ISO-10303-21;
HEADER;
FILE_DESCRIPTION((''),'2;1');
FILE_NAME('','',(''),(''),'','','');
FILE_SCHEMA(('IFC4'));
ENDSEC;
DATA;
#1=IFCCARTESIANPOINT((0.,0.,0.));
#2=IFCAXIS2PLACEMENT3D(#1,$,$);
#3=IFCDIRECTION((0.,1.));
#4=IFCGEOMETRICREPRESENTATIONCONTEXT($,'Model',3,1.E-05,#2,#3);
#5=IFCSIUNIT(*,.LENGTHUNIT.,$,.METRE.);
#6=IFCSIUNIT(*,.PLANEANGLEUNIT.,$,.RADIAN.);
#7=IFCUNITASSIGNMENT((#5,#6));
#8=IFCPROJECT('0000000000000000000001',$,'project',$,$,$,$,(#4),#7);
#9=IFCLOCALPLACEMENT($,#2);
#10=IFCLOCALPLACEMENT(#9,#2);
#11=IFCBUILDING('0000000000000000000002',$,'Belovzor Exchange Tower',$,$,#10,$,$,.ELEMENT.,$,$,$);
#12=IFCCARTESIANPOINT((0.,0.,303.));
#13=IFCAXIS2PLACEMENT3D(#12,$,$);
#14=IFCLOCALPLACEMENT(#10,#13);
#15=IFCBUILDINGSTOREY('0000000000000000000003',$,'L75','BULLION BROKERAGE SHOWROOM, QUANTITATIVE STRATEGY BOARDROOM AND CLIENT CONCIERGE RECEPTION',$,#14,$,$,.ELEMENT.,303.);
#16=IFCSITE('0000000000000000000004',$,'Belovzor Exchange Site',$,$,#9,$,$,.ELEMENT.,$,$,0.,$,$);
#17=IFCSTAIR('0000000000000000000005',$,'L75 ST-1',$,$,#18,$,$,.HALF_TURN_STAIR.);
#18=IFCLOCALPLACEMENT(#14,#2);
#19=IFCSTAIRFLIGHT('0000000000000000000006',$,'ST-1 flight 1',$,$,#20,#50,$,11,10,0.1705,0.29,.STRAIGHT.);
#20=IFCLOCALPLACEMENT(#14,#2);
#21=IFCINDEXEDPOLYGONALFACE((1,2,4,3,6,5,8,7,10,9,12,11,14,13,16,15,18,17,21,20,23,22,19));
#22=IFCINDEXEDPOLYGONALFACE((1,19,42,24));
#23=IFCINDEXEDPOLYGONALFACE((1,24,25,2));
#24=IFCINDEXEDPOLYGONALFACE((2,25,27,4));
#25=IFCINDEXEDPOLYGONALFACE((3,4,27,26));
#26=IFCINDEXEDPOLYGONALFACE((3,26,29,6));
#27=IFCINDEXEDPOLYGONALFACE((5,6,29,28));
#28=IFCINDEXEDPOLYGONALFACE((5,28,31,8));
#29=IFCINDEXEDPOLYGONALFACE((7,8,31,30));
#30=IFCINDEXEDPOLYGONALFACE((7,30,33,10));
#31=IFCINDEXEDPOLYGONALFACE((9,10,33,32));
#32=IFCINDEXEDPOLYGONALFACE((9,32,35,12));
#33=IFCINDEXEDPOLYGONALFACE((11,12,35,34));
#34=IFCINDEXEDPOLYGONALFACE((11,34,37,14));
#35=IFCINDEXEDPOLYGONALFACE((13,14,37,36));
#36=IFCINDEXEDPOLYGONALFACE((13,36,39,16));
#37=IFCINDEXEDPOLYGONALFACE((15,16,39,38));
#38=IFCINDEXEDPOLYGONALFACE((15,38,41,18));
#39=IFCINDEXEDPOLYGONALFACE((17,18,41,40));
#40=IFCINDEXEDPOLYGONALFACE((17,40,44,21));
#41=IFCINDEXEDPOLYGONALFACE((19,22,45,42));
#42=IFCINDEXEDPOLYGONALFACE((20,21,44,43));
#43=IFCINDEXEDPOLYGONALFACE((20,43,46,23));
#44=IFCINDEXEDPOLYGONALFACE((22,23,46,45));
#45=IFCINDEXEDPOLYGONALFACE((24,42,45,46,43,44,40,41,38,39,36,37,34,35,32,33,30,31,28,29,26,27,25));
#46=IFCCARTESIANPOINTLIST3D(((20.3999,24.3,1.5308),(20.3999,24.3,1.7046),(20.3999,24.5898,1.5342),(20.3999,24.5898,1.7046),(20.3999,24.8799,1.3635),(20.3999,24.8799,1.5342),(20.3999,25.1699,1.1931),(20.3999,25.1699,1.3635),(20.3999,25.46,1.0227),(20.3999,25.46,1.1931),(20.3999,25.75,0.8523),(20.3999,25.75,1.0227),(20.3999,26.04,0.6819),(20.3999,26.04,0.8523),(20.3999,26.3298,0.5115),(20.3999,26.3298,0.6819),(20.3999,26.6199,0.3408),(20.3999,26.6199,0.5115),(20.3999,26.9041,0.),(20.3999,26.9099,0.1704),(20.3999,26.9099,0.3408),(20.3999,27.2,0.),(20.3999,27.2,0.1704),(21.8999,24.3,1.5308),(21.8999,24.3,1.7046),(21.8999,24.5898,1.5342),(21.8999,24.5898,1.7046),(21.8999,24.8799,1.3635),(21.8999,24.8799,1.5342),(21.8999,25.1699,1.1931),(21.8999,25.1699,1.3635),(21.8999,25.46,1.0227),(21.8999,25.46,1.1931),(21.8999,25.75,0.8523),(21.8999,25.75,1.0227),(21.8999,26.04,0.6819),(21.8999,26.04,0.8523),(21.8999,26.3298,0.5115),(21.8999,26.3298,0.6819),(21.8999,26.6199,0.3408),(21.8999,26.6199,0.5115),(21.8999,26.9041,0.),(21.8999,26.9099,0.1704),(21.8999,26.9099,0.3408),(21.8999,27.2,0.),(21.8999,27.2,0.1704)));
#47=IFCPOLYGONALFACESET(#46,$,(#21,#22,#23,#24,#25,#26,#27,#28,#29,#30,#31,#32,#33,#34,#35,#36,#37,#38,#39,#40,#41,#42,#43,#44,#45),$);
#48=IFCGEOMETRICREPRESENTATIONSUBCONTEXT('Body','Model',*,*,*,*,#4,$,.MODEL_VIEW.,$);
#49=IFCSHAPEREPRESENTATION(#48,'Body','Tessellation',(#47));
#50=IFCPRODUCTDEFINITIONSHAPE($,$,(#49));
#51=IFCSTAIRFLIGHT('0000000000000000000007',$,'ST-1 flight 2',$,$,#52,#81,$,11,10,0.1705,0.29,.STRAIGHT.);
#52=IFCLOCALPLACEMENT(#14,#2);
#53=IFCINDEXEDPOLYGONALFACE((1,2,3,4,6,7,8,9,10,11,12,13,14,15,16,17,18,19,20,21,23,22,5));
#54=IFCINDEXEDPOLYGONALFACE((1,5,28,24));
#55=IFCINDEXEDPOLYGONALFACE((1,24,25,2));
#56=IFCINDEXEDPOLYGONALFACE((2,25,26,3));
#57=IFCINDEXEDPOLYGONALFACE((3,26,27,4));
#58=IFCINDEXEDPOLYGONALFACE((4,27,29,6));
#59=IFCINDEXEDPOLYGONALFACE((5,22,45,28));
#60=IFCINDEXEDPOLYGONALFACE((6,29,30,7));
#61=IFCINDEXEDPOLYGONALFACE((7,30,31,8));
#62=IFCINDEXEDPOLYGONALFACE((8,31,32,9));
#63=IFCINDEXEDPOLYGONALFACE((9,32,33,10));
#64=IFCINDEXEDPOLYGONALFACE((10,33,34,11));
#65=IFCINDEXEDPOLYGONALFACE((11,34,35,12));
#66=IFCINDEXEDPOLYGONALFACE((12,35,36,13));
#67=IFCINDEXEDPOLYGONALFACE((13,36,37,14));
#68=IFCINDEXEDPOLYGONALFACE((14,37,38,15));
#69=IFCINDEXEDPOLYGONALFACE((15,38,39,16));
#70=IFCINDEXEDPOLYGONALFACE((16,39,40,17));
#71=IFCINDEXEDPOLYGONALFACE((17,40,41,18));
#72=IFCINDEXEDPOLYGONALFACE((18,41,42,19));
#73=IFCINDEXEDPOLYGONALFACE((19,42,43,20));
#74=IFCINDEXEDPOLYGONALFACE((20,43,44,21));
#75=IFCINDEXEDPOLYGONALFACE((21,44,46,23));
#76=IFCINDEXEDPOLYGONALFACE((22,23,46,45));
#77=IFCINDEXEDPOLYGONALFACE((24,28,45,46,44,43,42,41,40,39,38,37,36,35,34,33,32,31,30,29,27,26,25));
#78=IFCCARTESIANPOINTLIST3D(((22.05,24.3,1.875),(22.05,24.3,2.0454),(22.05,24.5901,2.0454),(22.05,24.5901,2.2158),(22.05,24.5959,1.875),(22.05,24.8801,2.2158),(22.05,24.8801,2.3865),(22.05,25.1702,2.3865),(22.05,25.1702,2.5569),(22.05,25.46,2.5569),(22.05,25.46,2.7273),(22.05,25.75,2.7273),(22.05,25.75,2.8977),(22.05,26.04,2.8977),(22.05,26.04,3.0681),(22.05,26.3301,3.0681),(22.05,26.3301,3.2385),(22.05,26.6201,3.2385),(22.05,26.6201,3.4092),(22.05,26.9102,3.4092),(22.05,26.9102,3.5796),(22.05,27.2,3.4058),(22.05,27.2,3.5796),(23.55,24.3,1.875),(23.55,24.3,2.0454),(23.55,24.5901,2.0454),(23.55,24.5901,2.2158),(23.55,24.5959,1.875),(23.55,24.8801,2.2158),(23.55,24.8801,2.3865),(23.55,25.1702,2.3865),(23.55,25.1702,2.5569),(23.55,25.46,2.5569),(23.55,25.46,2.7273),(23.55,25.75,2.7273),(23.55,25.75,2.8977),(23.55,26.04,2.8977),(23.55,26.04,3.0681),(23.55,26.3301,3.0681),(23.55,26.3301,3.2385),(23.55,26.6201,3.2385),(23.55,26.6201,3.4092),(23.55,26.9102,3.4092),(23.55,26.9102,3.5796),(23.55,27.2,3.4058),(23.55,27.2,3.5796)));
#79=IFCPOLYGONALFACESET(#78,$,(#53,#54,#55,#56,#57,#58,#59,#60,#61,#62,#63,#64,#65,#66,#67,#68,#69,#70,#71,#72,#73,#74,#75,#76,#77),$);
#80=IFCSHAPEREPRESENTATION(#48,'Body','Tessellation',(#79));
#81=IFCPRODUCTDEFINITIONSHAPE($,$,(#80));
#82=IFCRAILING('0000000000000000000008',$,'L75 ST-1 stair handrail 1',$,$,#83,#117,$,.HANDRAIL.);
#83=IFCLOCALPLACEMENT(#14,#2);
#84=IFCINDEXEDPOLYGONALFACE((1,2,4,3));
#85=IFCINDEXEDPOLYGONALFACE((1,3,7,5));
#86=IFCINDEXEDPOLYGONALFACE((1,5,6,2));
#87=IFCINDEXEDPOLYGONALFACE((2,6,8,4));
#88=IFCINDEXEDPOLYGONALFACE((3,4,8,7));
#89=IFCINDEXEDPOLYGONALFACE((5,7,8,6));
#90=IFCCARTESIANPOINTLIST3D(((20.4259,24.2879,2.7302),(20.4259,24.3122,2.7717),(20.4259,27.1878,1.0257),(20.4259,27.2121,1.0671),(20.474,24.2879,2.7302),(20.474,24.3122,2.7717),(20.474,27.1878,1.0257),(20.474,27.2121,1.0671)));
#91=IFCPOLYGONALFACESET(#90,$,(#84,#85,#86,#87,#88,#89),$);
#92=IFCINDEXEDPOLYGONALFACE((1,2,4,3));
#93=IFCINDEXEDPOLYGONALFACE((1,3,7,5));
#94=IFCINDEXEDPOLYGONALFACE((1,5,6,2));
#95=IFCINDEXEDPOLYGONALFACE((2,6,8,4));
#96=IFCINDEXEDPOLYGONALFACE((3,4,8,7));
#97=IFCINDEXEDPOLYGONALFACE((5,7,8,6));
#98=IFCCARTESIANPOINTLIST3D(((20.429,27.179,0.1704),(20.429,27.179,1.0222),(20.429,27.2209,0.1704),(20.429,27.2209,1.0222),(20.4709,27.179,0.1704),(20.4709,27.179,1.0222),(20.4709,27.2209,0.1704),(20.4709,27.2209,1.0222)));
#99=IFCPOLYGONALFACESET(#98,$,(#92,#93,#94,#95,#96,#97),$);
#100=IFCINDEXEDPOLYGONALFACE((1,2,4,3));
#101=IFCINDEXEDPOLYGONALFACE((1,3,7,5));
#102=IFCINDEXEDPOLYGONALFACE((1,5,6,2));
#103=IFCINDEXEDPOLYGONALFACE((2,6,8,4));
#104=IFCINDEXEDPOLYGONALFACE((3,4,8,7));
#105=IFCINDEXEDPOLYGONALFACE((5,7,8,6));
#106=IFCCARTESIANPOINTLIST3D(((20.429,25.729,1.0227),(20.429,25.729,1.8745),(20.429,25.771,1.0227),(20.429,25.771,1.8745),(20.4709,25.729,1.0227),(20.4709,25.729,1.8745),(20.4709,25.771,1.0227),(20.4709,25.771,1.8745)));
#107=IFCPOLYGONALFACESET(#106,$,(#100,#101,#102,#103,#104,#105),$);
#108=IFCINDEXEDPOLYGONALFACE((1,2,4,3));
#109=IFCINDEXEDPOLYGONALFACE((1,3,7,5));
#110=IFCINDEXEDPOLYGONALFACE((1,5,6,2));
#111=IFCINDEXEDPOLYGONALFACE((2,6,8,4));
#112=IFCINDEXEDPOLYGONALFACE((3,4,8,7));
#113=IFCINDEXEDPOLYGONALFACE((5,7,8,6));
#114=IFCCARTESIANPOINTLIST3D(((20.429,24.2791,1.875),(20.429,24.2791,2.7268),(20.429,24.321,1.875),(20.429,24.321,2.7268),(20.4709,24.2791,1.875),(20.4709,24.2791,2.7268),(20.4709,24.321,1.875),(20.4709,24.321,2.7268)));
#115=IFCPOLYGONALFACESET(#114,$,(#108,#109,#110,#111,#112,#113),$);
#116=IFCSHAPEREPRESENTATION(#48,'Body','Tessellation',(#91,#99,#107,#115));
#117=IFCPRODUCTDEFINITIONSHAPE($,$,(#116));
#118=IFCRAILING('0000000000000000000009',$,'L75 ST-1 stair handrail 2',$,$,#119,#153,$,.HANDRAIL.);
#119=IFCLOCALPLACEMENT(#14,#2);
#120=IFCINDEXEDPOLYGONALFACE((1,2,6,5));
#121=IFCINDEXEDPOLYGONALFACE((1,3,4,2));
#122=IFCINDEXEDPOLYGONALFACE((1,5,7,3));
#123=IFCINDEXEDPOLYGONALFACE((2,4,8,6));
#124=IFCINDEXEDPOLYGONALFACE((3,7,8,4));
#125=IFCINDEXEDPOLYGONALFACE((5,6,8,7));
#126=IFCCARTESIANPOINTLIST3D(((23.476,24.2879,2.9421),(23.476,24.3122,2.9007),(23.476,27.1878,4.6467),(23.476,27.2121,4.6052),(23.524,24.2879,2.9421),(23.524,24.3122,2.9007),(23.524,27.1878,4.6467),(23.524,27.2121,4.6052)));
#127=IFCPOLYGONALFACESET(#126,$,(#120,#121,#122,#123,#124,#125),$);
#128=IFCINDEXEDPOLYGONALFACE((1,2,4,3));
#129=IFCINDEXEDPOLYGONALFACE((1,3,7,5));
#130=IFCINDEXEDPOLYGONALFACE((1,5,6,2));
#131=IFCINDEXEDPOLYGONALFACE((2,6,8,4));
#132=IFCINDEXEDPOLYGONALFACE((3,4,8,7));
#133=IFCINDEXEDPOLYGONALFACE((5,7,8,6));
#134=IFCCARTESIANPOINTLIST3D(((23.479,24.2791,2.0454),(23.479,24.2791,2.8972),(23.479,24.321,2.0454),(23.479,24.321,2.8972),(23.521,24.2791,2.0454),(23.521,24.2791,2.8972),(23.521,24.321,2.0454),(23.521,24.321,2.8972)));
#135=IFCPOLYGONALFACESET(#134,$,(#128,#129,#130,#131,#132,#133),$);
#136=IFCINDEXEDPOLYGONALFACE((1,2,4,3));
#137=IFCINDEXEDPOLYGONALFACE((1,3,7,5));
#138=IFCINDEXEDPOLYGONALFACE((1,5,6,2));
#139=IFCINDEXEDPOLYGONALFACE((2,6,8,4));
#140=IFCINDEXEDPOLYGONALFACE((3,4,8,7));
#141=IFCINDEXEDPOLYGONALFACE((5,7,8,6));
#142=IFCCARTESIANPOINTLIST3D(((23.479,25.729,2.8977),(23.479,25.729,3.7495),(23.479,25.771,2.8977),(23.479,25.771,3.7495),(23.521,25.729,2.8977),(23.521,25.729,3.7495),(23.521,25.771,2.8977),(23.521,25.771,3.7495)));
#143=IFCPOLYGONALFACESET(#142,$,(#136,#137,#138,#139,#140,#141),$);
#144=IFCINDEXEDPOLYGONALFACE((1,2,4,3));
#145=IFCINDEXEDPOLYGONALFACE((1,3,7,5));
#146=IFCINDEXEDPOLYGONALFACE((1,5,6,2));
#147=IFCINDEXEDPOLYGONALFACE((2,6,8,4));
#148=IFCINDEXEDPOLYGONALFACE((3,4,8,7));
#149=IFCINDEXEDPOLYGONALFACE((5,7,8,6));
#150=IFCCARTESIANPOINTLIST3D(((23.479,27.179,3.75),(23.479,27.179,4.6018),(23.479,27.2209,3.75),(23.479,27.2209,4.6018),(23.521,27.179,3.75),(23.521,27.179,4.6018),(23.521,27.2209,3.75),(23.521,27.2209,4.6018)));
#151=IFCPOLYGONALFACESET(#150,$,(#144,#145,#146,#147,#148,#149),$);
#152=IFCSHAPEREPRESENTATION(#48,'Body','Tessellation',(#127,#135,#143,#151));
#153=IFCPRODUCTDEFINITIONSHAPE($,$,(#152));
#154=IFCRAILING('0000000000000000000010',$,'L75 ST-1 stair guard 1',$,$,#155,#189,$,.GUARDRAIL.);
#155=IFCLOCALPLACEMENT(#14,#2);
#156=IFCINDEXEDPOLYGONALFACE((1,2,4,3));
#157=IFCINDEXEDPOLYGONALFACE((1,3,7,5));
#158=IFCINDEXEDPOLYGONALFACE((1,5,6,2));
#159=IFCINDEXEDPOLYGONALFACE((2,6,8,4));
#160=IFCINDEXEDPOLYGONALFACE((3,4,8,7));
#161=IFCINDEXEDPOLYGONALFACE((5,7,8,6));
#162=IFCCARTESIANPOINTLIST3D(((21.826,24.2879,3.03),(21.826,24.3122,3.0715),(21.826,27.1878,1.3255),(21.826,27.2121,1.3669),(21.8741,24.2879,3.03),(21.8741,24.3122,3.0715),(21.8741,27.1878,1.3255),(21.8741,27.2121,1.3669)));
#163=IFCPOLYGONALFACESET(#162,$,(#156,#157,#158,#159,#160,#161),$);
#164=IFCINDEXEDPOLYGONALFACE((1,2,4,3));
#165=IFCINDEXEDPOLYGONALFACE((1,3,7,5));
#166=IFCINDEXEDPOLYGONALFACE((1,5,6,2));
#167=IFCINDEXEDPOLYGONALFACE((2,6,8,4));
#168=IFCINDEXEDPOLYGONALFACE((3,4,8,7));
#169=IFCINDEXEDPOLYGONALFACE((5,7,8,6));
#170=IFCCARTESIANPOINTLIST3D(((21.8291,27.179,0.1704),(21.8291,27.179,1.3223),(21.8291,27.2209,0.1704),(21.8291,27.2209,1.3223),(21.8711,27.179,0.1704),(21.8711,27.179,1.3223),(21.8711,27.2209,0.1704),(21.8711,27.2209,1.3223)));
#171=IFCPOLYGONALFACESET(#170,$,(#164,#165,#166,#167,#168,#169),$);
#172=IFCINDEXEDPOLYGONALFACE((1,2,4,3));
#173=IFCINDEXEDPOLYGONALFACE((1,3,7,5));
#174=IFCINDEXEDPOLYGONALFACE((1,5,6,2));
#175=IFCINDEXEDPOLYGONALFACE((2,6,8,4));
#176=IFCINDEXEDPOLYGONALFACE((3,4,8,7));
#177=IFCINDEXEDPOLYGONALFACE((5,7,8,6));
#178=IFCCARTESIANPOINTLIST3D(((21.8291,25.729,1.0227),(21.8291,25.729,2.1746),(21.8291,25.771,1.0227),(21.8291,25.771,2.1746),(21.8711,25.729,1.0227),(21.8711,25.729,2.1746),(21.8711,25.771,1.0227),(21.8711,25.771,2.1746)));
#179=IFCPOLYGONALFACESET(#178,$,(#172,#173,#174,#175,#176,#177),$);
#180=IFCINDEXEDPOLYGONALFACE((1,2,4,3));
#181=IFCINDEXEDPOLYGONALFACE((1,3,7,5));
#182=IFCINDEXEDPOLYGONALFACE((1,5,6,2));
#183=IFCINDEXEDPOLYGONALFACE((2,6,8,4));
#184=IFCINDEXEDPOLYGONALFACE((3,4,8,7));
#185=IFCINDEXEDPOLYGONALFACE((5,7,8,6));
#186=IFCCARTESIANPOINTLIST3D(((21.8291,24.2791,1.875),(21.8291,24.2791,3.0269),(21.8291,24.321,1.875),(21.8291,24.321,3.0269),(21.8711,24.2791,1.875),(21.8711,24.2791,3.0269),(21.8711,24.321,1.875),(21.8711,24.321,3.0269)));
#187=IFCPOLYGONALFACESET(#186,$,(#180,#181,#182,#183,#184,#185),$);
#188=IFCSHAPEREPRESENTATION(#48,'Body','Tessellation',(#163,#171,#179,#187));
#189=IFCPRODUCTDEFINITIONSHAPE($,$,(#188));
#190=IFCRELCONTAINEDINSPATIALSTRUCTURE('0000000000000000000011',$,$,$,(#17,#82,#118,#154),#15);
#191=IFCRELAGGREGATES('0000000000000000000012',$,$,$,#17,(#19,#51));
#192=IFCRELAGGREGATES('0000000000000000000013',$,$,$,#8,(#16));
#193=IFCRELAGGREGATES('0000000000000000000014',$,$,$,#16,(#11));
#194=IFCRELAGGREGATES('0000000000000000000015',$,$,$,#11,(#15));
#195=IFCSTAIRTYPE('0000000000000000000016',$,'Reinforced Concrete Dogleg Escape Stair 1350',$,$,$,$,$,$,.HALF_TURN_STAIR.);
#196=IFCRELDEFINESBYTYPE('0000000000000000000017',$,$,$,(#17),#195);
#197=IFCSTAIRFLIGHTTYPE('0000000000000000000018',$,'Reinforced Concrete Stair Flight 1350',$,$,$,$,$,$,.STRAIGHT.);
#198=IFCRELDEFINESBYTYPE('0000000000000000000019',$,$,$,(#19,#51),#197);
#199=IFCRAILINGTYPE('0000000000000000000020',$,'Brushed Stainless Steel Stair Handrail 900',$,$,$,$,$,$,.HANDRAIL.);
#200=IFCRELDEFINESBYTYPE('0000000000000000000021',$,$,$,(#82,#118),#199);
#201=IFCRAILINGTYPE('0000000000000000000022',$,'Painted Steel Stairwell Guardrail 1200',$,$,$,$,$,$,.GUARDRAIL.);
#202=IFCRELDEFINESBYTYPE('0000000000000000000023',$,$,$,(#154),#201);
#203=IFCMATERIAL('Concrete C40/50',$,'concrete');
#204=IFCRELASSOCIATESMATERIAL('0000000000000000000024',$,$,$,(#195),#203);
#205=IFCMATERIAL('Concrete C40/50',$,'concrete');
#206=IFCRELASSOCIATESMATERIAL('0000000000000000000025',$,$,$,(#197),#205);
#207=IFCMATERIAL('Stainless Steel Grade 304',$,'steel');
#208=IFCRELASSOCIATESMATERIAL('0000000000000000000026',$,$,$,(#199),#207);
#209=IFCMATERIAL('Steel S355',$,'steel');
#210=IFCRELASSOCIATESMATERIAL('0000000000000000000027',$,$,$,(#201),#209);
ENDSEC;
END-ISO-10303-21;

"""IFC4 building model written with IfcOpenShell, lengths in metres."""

from ifc_helpers import new_model, si_unit, direction, frame, origin, origin_2d, place, context, subcontext, project, spatial, polyline, rectangle, outline, extrude, material, type_object, element, aggregate, save


model = new_model("IFC4")

# Units and contexts
model_context = context("Model", 3, precision=1e-05, world=origin(), true_north=direction((0.0, 1.0)))
body_context = subcontext(model_context, "Body", "Model", "MODEL_VIEW")
ifc_project = project(units=[si_unit("LENGTHUNIT", "METRE"), si_unit("PLANEANGLEUNIT", "RADIAN")], contexts=[model_context])

# Site, building, storey
site_placement = place(None, origin())
site = spatial("IfcSite", under=ifc_project, at=site_placement, Name="Belovzor Exchange Site", CompositionType="ELEMENT", RefElevation=0.0)
building_placement = place(site_placement, origin())
building = spatial("IfcBuilding", under=site, at=building_placement, Name="Belovzor Exchange Tower", CompositionType="ELEMENT")
storey_placement = place(building_placement, frame((0.0, 0.0, 303.0)))
storey = spatial("IfcBuildingStorey", under=building, at=storey_placement, Name="L75", Description="BULLION BROKERAGE SHOWROOM, QUANTITATIVE STRATEGY BOARDROOM AND CLIENT CONCIERGE RECEPTION", CompositionType="ELEMENT", Elevation=303.0)

# Stair, stair flights
ifc_material_1 = material(Name="Concrete C40/50", Category="concrete")
stair_type = type_object("IfcStairType", Name="Reinforced Concrete Dogleg Escape Stair 1350", PredefinedType="HALF_TURN_STAIR", material=ifc_material_1)
stair_placement = place(storey_placement, origin())
stair = element("IfcStair", 1, at=stair_placement, inside=storey, type_object=stair_type, Name="L75 ST-1", PredefinedType="HALF_TURN_STAIR")
ifc_material_2 = material(Name="Concrete C40/50", Category="concrete")
stair_flight_type = type_object("IfcStairFlightType", Name="Reinforced Concrete Stair Flight 1350", PredefinedType="STRAIGHT", material=ifc_material_2)
stair_flight_1_placement = place(storey_placement, frame((21.1499, 27.2, 0.0), z_axis=(0.0, 0.0, 1.0), x_axis=(0.0, -1.0, 0.0)))
stair_flight_1 = element("IfcStairFlight", 2, at=stair_flight_1_placement, type_object=stair_flight_type, Name="ST-1 flight 1", NumberOfRisers=11, NumberOfTreads=10, PredefinedType="STRAIGHT", RiserHeight=0.1705, TreadLength=0.29, context=body_context, shape_type="SweptSolid", body=[
    extrude(outline(polyline([(0.0, 0.0), (0.0, 0.1704), (0.29, 0.1704), (0.29, 0.3408), (0.5801, 0.3408), (0.5801, 0.5115), (0.8701, 0.5115), (0.8701, 0.6819), (1.1599, 0.6819), (1.1599, 0.8523), (1.45, 0.8523), (1.45, 1.0227), (1.74, 1.0227), (1.74, 1.1931), (2.03, 1.1931), (2.03, 1.3635), (2.3201, 1.3635), (2.3201, 1.5342), (2.6101, 1.5342), (2.6101, 1.7046), (2.8999, 1.7046), (2.8999, 1.875), (2.8999, 1.5308), (0.2959, 0.0), (0.0, 0.0)])), frame((0.0, 0.75, 0.0), z_axis=(0.0, -1.0, 0.0), x_axis=(1.0, 0.0, 0.0)), (0.0, 0.0, 1.0), 1.5),
])
stair_flight_2_placement = place(storey_placement, frame((22.8, 24.3, 1.875), z_axis=(0.0, 0.0, 1.0), x_axis=(0.0, 1.0, 0.0)))
stair_flight_2 = element("IfcStairFlight", 3, at=stair_flight_2_placement, type_object=stair_flight_type, Name="ST-1 flight 2", NumberOfRisers=11, NumberOfTreads=10, PredefinedType="STRAIGHT", RiserHeight=0.1705, TreadLength=0.29, context=body_context, shape_type="SweptSolid", body=[
    extrude(outline(polyline([(0.0, 0.0), (0.0, 0.1704), (0.29, 0.1704), (0.29, 0.3408), (0.5801, 0.3408), (0.5801, 0.5115), (0.8701, 0.5115), (0.8701, 0.6819), (1.1599, 0.6819), (1.1599, 0.8523), (1.45, 0.8523), (1.45, 1.0227), (1.74, 1.0227), (1.74, 1.1931), (2.03, 1.1931), (2.03, 1.3635), (2.3201, 1.3635), (2.3201, 1.5342), (2.6101, 1.5342), (2.6101, 1.7046), (2.8999, 1.7046), (2.8999, 1.875), (2.8999, 1.5308), (0.2959, 0.0), (0.0, 0.0)])), frame((0.0, 0.75, 0.0), z_axis=(0.0, -1.0, 0.0), x_axis=(1.0, 0.0, 0.0)), (0.0, 0.0, 1.0), 1.5),
])
aggregate(stair, [stair_flight_1, stair_flight_2])

# Railings
ifc_material_3 = material(Name="Stainless Steel Grade 304", Category="steel")
railing_type_1 = type_object("IfcRailingType", Name="Brushed Stainless Steel Stair Handrail 900", PredefinedType="HANDRAIL", material=ifc_material_3)
railing_1_placement = place(storey_placement, frame((20.45, 27.2, 0.1704)))
element("IfcRailing", 4, at=railing_1_placement, inside=storey, type_object=railing_type_1, Name="L75 ST-1 stair handrail 1", PredefinedType="HANDRAIL", context=body_context, shape_type="SweptSolid", body=[
    extrude(rectangle(XDim=0.0481, YDim=0.0481, at=origin_2d()), frame((0.0, 0.0, 0.876), z_axis=(0.0, -0.862095, 0.506747), x_axis=(1.0, 0.0, 0.0)), (0.0, 0.0, 1.0), 3.3638),
    extrude(rectangle(XDim=0.042, YDim=0.042, at=origin_2d()), origin(), (0.0, 0.0, 1.0), 0.8518),
    extrude(rectangle(XDim=0.042, YDim=0.042, at=origin_2d()), frame((0.0, -1.45, 0.8523)), (0.0, 0.0, 1.0), 0.8518),
    extrude(rectangle(XDim=0.042, YDim=0.042, at=origin_2d()), frame((0.0, -2.8999, 1.7046)), (0.0, 0.0, 1.0), 0.8518),
])
railing_2_placement = place(storey_placement, frame((23.5, 24.3, 2.0454)))
element("IfcRailing", 5, at=railing_2_placement, inside=storey, type_object=railing_type_1, Name="L75 ST-1 stair handrail 2", PredefinedType="HANDRAIL", context=body_context, shape_type="SweptSolid", body=[
    extrude(rectangle(XDim=0.0481, YDim=0.0481, at=origin_2d()), frame((0.0, 0.0, 0.876), z_axis=(0.0, 0.862095, 0.506747), x_axis=(-1.0, 0.0, 0.0)), (0.0, 0.0, 1.0), 3.3638),
    extrude(rectangle(XDim=0.042, YDim=0.042, at=origin_2d()), origin(), (0.0, 0.0, 1.0), 0.8518),
    extrude(rectangle(XDim=0.042, YDim=0.042, at=origin_2d()), frame((0.0, 1.45, 0.8523)), (0.0, 0.0, 1.0), 0.8518),
    extrude(rectangle(XDim=0.042, YDim=0.042, at=origin_2d()), frame((0.0, 2.8999, 1.7046)), (0.0, 0.0, 1.0), 0.8518),
])
ifc_material_4 = material(Name="Steel S355", Category="steel")
railing_type_2 = type_object("IfcRailingType", Name="Painted Steel Stairwell Guardrail 1200", PredefinedType="GUARDRAIL", material=ifc_material_4)
railing_3_placement = place(storey_placement, frame((21.8501, 27.2, 0.1704)))
element("IfcRailing", 6, at=railing_3_placement, inside=storey, type_object=railing_type_2, Name="L75 ST-1 stair guard 1", PredefinedType="GUARDRAIL", context=body_context, shape_type="SweptSolid", body=[
    extrude(rectangle(XDim=0.0481, YDim=0.0481, at=origin_2d()), frame((0.0, 0.0, 1.1758), z_axis=(0.0, -0.862095, 0.506747), x_axis=(1.0, 0.0, 0.0)), (0.0, 0.0, 1.0), 3.3638),
    extrude(rectangle(XDim=0.042, YDim=0.042, at=origin_2d()), origin(), (0.0, 0.0, 1.0), 1.1519),
    extrude(rectangle(XDim=0.042, YDim=0.042, at=origin_2d()), frame((0.0, -1.45, 0.8523)), (0.0, 0.0, 1.0), 1.1519),
    extrude(rectangle(XDim=0.042, YDim=0.042, at=origin_2d()), frame((0.0, -2.8999, 1.7046)), (0.0, 0.0, 1.0), 1.1519),
])

save(model, "model.ifc")
